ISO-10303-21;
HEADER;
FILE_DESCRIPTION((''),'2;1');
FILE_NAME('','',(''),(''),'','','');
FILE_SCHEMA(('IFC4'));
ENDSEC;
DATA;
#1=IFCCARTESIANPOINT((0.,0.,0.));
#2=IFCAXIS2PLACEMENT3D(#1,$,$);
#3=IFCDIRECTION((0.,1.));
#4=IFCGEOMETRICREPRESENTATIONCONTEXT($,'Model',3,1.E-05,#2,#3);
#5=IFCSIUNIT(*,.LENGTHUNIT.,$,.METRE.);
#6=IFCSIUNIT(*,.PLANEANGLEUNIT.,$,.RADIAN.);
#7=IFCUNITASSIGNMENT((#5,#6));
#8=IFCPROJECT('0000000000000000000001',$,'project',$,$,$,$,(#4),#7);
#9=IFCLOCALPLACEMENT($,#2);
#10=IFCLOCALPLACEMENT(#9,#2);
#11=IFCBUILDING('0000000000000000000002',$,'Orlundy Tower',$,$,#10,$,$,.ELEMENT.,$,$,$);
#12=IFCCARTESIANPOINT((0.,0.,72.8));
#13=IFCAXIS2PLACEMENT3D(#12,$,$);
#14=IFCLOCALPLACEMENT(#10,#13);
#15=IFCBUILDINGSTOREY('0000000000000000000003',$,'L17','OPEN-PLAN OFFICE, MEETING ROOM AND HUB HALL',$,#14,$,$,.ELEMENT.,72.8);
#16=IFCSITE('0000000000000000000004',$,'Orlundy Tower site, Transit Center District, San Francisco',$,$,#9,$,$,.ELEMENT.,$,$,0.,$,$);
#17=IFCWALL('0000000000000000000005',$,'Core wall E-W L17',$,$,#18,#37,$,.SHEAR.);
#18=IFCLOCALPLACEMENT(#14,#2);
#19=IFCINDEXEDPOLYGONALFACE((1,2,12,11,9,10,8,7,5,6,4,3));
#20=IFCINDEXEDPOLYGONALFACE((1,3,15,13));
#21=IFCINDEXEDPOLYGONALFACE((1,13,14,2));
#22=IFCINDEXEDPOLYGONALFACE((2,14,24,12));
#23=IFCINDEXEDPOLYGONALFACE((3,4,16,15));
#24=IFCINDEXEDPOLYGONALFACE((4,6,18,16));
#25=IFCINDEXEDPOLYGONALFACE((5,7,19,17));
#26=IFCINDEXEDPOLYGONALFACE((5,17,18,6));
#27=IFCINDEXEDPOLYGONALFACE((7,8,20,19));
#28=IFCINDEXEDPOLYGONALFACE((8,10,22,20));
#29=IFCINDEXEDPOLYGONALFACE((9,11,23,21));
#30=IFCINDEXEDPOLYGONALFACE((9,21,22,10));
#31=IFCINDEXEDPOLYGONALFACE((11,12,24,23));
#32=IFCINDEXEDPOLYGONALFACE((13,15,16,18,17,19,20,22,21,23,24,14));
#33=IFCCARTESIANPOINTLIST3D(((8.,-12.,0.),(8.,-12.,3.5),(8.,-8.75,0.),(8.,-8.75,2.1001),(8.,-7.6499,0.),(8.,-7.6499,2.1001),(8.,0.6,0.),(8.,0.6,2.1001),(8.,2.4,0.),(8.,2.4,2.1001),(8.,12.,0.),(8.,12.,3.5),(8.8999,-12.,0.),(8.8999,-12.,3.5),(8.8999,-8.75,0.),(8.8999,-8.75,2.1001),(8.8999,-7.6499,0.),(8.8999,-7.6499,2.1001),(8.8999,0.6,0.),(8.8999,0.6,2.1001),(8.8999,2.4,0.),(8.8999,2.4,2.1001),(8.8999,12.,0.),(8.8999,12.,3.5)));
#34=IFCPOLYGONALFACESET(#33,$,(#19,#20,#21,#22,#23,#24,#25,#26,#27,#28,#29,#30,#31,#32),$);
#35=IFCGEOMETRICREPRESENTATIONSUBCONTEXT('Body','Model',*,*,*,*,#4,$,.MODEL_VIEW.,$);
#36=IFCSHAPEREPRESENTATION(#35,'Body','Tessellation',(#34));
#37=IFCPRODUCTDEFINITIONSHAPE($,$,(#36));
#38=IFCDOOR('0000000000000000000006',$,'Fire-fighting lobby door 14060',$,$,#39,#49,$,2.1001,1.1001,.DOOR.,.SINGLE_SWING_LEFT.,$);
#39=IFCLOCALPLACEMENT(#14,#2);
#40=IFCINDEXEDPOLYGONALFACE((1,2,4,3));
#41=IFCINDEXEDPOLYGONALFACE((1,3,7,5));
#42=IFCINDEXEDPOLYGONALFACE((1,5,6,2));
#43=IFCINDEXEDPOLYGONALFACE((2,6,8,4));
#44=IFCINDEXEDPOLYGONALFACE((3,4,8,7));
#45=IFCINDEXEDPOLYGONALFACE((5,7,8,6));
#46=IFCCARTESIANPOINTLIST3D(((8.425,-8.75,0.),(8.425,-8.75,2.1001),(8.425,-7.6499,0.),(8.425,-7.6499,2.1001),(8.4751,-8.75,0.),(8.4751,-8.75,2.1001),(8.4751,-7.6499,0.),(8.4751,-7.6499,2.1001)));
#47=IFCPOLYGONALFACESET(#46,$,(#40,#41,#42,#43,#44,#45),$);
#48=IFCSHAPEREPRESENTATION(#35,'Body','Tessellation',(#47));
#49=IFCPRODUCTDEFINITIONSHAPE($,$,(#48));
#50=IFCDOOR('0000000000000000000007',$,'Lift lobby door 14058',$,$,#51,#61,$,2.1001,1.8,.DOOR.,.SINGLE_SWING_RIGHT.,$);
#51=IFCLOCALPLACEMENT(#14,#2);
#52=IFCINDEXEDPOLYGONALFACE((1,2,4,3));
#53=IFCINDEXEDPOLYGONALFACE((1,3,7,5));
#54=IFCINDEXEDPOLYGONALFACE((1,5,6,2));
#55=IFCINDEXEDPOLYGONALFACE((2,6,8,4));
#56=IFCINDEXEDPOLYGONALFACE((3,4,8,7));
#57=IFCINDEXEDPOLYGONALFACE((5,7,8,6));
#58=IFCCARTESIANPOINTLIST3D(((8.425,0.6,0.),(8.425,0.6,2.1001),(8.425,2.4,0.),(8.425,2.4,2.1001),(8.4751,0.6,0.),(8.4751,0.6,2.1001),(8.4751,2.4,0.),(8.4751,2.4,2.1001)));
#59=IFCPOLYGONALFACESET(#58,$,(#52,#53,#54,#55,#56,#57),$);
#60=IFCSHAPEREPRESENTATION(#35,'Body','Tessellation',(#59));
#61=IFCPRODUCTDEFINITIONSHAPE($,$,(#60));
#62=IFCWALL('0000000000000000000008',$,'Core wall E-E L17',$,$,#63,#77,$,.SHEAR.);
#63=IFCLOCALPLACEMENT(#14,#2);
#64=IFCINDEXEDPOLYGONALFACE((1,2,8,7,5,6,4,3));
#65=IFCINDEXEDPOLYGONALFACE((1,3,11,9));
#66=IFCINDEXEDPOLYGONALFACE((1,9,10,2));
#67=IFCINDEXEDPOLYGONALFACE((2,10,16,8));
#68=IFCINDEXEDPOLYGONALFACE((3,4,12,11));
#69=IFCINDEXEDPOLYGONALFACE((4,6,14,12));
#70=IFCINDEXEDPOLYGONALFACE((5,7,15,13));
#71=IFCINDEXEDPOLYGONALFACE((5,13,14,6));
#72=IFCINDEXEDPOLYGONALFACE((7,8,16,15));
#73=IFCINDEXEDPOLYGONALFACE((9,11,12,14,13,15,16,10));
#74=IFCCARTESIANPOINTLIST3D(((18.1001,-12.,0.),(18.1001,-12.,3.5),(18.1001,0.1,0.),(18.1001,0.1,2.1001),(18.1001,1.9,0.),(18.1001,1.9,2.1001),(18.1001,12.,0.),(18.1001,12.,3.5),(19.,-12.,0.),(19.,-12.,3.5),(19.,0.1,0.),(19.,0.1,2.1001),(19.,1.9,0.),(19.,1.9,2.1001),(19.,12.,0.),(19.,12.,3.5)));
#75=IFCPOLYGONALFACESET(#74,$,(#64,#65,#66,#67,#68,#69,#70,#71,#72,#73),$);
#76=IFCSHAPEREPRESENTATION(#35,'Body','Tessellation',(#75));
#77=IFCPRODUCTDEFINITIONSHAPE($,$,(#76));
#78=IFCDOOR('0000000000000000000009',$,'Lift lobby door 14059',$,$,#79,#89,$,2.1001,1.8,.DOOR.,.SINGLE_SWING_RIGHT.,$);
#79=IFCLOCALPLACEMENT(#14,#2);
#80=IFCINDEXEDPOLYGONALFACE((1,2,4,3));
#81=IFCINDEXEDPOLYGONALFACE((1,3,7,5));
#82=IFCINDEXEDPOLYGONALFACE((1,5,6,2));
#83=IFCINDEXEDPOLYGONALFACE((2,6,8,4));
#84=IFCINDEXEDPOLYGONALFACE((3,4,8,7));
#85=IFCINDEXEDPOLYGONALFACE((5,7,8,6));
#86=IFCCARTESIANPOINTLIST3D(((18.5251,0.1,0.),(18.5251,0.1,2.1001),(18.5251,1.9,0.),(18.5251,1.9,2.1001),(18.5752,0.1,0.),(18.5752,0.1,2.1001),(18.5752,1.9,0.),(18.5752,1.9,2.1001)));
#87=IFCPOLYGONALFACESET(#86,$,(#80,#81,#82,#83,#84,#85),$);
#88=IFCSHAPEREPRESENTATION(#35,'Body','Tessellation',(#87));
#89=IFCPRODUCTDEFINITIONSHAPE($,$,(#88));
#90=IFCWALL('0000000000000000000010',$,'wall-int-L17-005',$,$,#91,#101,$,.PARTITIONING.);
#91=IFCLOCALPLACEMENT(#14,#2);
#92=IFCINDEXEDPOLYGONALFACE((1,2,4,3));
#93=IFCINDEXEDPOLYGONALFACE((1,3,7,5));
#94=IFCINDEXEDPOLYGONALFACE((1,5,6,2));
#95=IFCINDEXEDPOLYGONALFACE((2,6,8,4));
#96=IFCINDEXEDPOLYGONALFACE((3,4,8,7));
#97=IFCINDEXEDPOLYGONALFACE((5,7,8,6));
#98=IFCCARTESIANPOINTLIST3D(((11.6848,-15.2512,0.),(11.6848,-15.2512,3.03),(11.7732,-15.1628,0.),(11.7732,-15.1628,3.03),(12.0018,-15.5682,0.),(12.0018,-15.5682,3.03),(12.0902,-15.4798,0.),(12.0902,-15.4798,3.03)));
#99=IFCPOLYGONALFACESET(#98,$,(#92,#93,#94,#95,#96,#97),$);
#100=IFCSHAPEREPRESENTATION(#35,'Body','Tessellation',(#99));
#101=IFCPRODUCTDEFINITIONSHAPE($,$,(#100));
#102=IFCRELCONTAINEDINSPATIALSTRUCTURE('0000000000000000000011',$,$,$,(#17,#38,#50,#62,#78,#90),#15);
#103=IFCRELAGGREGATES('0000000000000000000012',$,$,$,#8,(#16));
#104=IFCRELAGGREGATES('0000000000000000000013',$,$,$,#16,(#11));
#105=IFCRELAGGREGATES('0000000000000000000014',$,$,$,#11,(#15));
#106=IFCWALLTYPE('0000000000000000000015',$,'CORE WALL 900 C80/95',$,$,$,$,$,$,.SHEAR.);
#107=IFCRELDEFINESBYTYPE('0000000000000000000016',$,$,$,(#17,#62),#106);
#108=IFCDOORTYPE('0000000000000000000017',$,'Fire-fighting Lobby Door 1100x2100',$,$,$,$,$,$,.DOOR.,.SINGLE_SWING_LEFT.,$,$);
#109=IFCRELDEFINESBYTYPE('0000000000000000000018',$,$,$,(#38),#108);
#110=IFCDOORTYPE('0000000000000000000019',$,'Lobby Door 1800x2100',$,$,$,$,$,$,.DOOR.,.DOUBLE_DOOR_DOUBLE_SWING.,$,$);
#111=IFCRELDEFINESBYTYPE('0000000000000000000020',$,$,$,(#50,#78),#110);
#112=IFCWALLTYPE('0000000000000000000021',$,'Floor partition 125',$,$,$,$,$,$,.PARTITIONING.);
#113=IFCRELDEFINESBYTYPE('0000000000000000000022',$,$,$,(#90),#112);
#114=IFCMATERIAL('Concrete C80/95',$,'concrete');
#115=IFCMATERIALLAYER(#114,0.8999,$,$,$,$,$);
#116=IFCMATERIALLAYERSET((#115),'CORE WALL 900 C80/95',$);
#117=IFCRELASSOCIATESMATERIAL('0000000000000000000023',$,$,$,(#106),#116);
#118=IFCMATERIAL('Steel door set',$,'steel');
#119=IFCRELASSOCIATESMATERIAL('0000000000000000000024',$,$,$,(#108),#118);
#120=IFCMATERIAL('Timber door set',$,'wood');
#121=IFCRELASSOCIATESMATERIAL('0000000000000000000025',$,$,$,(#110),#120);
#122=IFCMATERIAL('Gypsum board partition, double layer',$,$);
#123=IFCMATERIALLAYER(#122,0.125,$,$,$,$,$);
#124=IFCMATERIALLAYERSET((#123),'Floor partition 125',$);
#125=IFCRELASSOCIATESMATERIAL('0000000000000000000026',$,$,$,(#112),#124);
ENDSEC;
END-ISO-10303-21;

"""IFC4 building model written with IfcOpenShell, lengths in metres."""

from ifc_helpers import new_model, si_unit, direction, frame, frame_2d, origin, place, context, subcontext, project, spatial, rectangle, extrude, material, layer, layer_set, type_object, element, fill, save


model = new_model("IFC4")

# Units and contexts
model_context = context("Model", 3, precision=1e-05, world=origin(), true_north=direction((0.0, 1.0)))
body_context = subcontext(model_context, "Body", "Model", "MODEL_VIEW")
ifc_project = project(units=[si_unit("LENGTHUNIT", "METRE"), si_unit("PLANEANGLEUNIT", "RADIAN")], contexts=[model_context])

# Site, building, storey
site_placement = place(None, origin())
site = spatial("IfcSite", under=ifc_project, at=site_placement, Name="Orlundy Tower site, Transit Center District, San Francisco", CompositionType="ELEMENT", RefElevation=0.0)
building_placement = place(site_placement, origin())
building = spatial("IfcBuilding", under=site, at=building_placement, Name="Orlundy Tower", CompositionType="ELEMENT")
storey_placement = place(building_placement, frame((0.0, 0.0, 72.8)))
storey = spatial("IfcBuildingStorey", under=building, at=storey_placement, Name="L17", Description="OPEN-PLAN OFFICE, MEETING ROOM AND HUB HALL", CompositionType="ELEMENT", Elevation=72.8)

# Shared definitions
ifc_material_1 = material(Name="Concrete C80/95", Category="concrete")
ifc_layer_1 = layer(ifc_material_1, 0.8999)
ifc_layer_set_1 = layer_set([ifc_layer_1], Name="CORE WALL 900 C80/95")
wall_type_1 = type_object("IfcWallType", Name="CORE WALL 900 C80/95", PredefinedType="SHEAR", material=ifc_layer_set_1)

# Wall, openings, doors
wall_1_placement = place(storey_placement, frame((8.45, -12.0, 0.0), z_axis=(0.0, 0.0, 1.0), x_axis=(0.0, 1.0, 0.0)))
wall_1 = element("IfcWall", 1, at=wall_1_placement, inside=storey, type_object=wall_type_1, Name="Core wall E-W L17", PredefinedType="SHEAR", context=body_context, shape_type="SweptSolid", body=[
    extrude(rectangle(XDim=24.0, YDim=0.8999, at=frame_2d((12.0, 0.0))), origin(), (0.0, 0.0, 1.0), 3.5),
])
opening_1_placement = place(wall_1_placement, frame((12.6001, 0.0, 0.0)))
opening_1 = element("IfcOpeningElement", 2, at=opening_1_placement, cuts=wall_1, PredefinedType="OPENING", context=body_context, shape_type="SweptSolid", body=[
    extrude(rectangle(XDim=1.8, YDim=2.1001, at=frame_2d((0.8999, 1.05))), frame((0.0, 0.46, 0.0), z_axis=(0.0, -1.0, 0.0), x_axis=(1.0, 0.0, 0.0)), (0.0, 0.0, 1.0), 0.9199),
])
opening_2_placement = place(wall_1_placement, frame((3.25, 0.0, 0.0)))
opening_2 = element("IfcOpeningElement", 3, at=opening_2_placement, cuts=wall_1, PredefinedType="OPENING", context=body_context, shape_type="SweptSolid", body=[
    extrude(rectangle(XDim=1.1001, YDim=2.1001, at=frame_2d((0.55, 1.05))), frame((0.0, 0.46, 0.0), z_axis=(0.0, -1.0, 0.0), x_axis=(1.0, 0.0, 0.0)), (0.0, 0.0, 1.0), 0.9199),
])
ifc_material_2 = material(Name="Steel door set", Category="steel")
door_type_1 = type_object("IfcDoorType", Name="Fire-fighting Lobby Door 1100x2100", OperationType="SINGLE_SWING_LEFT", PredefinedType="DOOR", material=ifc_material_2)
door_1_placement = place(opening_2_placement, origin())
door_1 = element("IfcDoor", 4, at=door_1_placement, inside=storey, type_object=door_type_1, Name="Fire-fighting lobby door 14060", OperationType="SINGLE_SWING_LEFT", OverallHeight=2.1001, OverallWidth=1.1001, PredefinedType="DOOR", context=body_context, shape_type="SweptSolid", body=[
    extrude(rectangle(XDim=1.1001, YDim=2.1001, at=frame_2d((0.55, 1.05))), frame((0.0, 0.0249, 0.0), z_axis=(0.0, -1.0, 0.0), x_axis=(1.0, 0.0, 0.0)), (0.0, 0.0, 1.0), 0.05),
])
fill(opening_2, door_1)
ifc_material_3 = material(Name="Timber door set", Category="wood")
door_type_2 = type_object("IfcDoorType", Name="Lobby Door 1800x2100", OperationType="DOUBLE_DOOR_DOUBLE_SWING", PredefinedType="DOOR", material=ifc_material_3)
door_2_placement = place(opening_1_placement, origin())
door_2 = element("IfcDoor", 5, at=door_2_placement, inside=storey, type_object=door_type_2, Name="Lift lobby door 14058", OperationType="SINGLE_SWING_RIGHT", OverallHeight=2.1001, OverallWidth=1.8, PredefinedType="DOOR", context=body_context, shape_type="SweptSolid", body=[
    extrude(rectangle(XDim=1.8, YDim=2.1001, at=frame_2d((0.8999, 1.05))), frame((0.0, 0.0249, 0.0), z_axis=(0.0, -1.0, 0.0), x_axis=(1.0, 0.0, 0.0)), (0.0, 0.0, 1.0), 0.05),
])
fill(opening_1, door_2)

# Wall, opening, door
wall_2_placement = place(storey_placement, frame((18.55, -12.0, 0.0), z_axis=(0.0, 0.0, 1.0), x_axis=(0.0, 1.0, 0.0)))
wall_2 = element("IfcWall", 6, at=wall_2_placement, inside=storey, type_object=wall_type_1, Name="Core wall E-E L17", PredefinedType="SHEAR", context=body_context, shape_type="SweptSolid", body=[
    extrude(rectangle(XDim=24.0, YDim=0.8999, at=frame_2d((12.0, 0.0))), origin(), (0.0, 0.0, 1.0), 3.5),
])
opening_3_placement = place(wall_2_placement, frame((12.1001, 0.0, 0.0)))
opening_3 = element("IfcOpeningElement", 7, at=opening_3_placement, cuts=wall_2, PredefinedType="OPENING", context=body_context, shape_type="SweptSolid", body=[
    extrude(rectangle(XDim=1.8, YDim=2.1001, at=frame_2d((0.8999, 1.05))), frame((0.0, 0.46, 0.0), z_axis=(0.0, -1.0, 0.0), x_axis=(1.0, 0.0, 0.0)), (0.0, 0.0, 1.0), 0.9199),
])
door_3_placement = place(opening_3_placement, origin())
door_3 = element("IfcDoor", 8, at=door_3_placement, inside=storey, type_object=door_type_2, Name="Lift lobby door 14059", OperationType="SINGLE_SWING_RIGHT", OverallHeight=2.1001, OverallWidth=1.8, PredefinedType="DOOR", context=body_context, shape_type="SweptSolid", body=[
    extrude(rectangle(XDim=1.8, YDim=2.1001, at=frame_2d((0.8999, 1.05))), frame((0.0, 0.0249, 0.0), z_axis=(0.0, -1.0, 0.0), x_axis=(1.0, 0.0, 0.0)), (0.0, 0.0, 1.0), 0.05),
])
fill(opening_3, door_3)

# Wall
ifc_material_4 = material(Name="Gypsum board partition, double layer")
ifc_layer_2 = layer(ifc_material_4, 0.125)
ifc_layer_set_2 = layer_set([ifc_layer_2], Name="Floor partition 125")
wall_type_2 = type_object("IfcWallType", Name="Floor partition 125", PredefinedType="PARTITIONING", material=ifc_layer_set_2)
wall_3_placement = place(storey_placement, frame((11.729, -15.207, 0.0), z_axis=(0.0, 0.0, 1.0), x_axis=(0.707107, -0.707107, 0.0)))
element("IfcWall", 9, at=wall_3_placement, inside=storey, type_object=wall_type_2, Name="wall-int-L17-005", PredefinedType="PARTITIONING", context=body_context, shape_type="SweptSolid", body=[
    extrude(rectangle(XDim=0.4482, YDim=0.125, at=frame_2d((0.2241, 0.0))), origin(), (0.0, 0.0, 1.0), 3.03),
])

save(model, "model.ifc")
